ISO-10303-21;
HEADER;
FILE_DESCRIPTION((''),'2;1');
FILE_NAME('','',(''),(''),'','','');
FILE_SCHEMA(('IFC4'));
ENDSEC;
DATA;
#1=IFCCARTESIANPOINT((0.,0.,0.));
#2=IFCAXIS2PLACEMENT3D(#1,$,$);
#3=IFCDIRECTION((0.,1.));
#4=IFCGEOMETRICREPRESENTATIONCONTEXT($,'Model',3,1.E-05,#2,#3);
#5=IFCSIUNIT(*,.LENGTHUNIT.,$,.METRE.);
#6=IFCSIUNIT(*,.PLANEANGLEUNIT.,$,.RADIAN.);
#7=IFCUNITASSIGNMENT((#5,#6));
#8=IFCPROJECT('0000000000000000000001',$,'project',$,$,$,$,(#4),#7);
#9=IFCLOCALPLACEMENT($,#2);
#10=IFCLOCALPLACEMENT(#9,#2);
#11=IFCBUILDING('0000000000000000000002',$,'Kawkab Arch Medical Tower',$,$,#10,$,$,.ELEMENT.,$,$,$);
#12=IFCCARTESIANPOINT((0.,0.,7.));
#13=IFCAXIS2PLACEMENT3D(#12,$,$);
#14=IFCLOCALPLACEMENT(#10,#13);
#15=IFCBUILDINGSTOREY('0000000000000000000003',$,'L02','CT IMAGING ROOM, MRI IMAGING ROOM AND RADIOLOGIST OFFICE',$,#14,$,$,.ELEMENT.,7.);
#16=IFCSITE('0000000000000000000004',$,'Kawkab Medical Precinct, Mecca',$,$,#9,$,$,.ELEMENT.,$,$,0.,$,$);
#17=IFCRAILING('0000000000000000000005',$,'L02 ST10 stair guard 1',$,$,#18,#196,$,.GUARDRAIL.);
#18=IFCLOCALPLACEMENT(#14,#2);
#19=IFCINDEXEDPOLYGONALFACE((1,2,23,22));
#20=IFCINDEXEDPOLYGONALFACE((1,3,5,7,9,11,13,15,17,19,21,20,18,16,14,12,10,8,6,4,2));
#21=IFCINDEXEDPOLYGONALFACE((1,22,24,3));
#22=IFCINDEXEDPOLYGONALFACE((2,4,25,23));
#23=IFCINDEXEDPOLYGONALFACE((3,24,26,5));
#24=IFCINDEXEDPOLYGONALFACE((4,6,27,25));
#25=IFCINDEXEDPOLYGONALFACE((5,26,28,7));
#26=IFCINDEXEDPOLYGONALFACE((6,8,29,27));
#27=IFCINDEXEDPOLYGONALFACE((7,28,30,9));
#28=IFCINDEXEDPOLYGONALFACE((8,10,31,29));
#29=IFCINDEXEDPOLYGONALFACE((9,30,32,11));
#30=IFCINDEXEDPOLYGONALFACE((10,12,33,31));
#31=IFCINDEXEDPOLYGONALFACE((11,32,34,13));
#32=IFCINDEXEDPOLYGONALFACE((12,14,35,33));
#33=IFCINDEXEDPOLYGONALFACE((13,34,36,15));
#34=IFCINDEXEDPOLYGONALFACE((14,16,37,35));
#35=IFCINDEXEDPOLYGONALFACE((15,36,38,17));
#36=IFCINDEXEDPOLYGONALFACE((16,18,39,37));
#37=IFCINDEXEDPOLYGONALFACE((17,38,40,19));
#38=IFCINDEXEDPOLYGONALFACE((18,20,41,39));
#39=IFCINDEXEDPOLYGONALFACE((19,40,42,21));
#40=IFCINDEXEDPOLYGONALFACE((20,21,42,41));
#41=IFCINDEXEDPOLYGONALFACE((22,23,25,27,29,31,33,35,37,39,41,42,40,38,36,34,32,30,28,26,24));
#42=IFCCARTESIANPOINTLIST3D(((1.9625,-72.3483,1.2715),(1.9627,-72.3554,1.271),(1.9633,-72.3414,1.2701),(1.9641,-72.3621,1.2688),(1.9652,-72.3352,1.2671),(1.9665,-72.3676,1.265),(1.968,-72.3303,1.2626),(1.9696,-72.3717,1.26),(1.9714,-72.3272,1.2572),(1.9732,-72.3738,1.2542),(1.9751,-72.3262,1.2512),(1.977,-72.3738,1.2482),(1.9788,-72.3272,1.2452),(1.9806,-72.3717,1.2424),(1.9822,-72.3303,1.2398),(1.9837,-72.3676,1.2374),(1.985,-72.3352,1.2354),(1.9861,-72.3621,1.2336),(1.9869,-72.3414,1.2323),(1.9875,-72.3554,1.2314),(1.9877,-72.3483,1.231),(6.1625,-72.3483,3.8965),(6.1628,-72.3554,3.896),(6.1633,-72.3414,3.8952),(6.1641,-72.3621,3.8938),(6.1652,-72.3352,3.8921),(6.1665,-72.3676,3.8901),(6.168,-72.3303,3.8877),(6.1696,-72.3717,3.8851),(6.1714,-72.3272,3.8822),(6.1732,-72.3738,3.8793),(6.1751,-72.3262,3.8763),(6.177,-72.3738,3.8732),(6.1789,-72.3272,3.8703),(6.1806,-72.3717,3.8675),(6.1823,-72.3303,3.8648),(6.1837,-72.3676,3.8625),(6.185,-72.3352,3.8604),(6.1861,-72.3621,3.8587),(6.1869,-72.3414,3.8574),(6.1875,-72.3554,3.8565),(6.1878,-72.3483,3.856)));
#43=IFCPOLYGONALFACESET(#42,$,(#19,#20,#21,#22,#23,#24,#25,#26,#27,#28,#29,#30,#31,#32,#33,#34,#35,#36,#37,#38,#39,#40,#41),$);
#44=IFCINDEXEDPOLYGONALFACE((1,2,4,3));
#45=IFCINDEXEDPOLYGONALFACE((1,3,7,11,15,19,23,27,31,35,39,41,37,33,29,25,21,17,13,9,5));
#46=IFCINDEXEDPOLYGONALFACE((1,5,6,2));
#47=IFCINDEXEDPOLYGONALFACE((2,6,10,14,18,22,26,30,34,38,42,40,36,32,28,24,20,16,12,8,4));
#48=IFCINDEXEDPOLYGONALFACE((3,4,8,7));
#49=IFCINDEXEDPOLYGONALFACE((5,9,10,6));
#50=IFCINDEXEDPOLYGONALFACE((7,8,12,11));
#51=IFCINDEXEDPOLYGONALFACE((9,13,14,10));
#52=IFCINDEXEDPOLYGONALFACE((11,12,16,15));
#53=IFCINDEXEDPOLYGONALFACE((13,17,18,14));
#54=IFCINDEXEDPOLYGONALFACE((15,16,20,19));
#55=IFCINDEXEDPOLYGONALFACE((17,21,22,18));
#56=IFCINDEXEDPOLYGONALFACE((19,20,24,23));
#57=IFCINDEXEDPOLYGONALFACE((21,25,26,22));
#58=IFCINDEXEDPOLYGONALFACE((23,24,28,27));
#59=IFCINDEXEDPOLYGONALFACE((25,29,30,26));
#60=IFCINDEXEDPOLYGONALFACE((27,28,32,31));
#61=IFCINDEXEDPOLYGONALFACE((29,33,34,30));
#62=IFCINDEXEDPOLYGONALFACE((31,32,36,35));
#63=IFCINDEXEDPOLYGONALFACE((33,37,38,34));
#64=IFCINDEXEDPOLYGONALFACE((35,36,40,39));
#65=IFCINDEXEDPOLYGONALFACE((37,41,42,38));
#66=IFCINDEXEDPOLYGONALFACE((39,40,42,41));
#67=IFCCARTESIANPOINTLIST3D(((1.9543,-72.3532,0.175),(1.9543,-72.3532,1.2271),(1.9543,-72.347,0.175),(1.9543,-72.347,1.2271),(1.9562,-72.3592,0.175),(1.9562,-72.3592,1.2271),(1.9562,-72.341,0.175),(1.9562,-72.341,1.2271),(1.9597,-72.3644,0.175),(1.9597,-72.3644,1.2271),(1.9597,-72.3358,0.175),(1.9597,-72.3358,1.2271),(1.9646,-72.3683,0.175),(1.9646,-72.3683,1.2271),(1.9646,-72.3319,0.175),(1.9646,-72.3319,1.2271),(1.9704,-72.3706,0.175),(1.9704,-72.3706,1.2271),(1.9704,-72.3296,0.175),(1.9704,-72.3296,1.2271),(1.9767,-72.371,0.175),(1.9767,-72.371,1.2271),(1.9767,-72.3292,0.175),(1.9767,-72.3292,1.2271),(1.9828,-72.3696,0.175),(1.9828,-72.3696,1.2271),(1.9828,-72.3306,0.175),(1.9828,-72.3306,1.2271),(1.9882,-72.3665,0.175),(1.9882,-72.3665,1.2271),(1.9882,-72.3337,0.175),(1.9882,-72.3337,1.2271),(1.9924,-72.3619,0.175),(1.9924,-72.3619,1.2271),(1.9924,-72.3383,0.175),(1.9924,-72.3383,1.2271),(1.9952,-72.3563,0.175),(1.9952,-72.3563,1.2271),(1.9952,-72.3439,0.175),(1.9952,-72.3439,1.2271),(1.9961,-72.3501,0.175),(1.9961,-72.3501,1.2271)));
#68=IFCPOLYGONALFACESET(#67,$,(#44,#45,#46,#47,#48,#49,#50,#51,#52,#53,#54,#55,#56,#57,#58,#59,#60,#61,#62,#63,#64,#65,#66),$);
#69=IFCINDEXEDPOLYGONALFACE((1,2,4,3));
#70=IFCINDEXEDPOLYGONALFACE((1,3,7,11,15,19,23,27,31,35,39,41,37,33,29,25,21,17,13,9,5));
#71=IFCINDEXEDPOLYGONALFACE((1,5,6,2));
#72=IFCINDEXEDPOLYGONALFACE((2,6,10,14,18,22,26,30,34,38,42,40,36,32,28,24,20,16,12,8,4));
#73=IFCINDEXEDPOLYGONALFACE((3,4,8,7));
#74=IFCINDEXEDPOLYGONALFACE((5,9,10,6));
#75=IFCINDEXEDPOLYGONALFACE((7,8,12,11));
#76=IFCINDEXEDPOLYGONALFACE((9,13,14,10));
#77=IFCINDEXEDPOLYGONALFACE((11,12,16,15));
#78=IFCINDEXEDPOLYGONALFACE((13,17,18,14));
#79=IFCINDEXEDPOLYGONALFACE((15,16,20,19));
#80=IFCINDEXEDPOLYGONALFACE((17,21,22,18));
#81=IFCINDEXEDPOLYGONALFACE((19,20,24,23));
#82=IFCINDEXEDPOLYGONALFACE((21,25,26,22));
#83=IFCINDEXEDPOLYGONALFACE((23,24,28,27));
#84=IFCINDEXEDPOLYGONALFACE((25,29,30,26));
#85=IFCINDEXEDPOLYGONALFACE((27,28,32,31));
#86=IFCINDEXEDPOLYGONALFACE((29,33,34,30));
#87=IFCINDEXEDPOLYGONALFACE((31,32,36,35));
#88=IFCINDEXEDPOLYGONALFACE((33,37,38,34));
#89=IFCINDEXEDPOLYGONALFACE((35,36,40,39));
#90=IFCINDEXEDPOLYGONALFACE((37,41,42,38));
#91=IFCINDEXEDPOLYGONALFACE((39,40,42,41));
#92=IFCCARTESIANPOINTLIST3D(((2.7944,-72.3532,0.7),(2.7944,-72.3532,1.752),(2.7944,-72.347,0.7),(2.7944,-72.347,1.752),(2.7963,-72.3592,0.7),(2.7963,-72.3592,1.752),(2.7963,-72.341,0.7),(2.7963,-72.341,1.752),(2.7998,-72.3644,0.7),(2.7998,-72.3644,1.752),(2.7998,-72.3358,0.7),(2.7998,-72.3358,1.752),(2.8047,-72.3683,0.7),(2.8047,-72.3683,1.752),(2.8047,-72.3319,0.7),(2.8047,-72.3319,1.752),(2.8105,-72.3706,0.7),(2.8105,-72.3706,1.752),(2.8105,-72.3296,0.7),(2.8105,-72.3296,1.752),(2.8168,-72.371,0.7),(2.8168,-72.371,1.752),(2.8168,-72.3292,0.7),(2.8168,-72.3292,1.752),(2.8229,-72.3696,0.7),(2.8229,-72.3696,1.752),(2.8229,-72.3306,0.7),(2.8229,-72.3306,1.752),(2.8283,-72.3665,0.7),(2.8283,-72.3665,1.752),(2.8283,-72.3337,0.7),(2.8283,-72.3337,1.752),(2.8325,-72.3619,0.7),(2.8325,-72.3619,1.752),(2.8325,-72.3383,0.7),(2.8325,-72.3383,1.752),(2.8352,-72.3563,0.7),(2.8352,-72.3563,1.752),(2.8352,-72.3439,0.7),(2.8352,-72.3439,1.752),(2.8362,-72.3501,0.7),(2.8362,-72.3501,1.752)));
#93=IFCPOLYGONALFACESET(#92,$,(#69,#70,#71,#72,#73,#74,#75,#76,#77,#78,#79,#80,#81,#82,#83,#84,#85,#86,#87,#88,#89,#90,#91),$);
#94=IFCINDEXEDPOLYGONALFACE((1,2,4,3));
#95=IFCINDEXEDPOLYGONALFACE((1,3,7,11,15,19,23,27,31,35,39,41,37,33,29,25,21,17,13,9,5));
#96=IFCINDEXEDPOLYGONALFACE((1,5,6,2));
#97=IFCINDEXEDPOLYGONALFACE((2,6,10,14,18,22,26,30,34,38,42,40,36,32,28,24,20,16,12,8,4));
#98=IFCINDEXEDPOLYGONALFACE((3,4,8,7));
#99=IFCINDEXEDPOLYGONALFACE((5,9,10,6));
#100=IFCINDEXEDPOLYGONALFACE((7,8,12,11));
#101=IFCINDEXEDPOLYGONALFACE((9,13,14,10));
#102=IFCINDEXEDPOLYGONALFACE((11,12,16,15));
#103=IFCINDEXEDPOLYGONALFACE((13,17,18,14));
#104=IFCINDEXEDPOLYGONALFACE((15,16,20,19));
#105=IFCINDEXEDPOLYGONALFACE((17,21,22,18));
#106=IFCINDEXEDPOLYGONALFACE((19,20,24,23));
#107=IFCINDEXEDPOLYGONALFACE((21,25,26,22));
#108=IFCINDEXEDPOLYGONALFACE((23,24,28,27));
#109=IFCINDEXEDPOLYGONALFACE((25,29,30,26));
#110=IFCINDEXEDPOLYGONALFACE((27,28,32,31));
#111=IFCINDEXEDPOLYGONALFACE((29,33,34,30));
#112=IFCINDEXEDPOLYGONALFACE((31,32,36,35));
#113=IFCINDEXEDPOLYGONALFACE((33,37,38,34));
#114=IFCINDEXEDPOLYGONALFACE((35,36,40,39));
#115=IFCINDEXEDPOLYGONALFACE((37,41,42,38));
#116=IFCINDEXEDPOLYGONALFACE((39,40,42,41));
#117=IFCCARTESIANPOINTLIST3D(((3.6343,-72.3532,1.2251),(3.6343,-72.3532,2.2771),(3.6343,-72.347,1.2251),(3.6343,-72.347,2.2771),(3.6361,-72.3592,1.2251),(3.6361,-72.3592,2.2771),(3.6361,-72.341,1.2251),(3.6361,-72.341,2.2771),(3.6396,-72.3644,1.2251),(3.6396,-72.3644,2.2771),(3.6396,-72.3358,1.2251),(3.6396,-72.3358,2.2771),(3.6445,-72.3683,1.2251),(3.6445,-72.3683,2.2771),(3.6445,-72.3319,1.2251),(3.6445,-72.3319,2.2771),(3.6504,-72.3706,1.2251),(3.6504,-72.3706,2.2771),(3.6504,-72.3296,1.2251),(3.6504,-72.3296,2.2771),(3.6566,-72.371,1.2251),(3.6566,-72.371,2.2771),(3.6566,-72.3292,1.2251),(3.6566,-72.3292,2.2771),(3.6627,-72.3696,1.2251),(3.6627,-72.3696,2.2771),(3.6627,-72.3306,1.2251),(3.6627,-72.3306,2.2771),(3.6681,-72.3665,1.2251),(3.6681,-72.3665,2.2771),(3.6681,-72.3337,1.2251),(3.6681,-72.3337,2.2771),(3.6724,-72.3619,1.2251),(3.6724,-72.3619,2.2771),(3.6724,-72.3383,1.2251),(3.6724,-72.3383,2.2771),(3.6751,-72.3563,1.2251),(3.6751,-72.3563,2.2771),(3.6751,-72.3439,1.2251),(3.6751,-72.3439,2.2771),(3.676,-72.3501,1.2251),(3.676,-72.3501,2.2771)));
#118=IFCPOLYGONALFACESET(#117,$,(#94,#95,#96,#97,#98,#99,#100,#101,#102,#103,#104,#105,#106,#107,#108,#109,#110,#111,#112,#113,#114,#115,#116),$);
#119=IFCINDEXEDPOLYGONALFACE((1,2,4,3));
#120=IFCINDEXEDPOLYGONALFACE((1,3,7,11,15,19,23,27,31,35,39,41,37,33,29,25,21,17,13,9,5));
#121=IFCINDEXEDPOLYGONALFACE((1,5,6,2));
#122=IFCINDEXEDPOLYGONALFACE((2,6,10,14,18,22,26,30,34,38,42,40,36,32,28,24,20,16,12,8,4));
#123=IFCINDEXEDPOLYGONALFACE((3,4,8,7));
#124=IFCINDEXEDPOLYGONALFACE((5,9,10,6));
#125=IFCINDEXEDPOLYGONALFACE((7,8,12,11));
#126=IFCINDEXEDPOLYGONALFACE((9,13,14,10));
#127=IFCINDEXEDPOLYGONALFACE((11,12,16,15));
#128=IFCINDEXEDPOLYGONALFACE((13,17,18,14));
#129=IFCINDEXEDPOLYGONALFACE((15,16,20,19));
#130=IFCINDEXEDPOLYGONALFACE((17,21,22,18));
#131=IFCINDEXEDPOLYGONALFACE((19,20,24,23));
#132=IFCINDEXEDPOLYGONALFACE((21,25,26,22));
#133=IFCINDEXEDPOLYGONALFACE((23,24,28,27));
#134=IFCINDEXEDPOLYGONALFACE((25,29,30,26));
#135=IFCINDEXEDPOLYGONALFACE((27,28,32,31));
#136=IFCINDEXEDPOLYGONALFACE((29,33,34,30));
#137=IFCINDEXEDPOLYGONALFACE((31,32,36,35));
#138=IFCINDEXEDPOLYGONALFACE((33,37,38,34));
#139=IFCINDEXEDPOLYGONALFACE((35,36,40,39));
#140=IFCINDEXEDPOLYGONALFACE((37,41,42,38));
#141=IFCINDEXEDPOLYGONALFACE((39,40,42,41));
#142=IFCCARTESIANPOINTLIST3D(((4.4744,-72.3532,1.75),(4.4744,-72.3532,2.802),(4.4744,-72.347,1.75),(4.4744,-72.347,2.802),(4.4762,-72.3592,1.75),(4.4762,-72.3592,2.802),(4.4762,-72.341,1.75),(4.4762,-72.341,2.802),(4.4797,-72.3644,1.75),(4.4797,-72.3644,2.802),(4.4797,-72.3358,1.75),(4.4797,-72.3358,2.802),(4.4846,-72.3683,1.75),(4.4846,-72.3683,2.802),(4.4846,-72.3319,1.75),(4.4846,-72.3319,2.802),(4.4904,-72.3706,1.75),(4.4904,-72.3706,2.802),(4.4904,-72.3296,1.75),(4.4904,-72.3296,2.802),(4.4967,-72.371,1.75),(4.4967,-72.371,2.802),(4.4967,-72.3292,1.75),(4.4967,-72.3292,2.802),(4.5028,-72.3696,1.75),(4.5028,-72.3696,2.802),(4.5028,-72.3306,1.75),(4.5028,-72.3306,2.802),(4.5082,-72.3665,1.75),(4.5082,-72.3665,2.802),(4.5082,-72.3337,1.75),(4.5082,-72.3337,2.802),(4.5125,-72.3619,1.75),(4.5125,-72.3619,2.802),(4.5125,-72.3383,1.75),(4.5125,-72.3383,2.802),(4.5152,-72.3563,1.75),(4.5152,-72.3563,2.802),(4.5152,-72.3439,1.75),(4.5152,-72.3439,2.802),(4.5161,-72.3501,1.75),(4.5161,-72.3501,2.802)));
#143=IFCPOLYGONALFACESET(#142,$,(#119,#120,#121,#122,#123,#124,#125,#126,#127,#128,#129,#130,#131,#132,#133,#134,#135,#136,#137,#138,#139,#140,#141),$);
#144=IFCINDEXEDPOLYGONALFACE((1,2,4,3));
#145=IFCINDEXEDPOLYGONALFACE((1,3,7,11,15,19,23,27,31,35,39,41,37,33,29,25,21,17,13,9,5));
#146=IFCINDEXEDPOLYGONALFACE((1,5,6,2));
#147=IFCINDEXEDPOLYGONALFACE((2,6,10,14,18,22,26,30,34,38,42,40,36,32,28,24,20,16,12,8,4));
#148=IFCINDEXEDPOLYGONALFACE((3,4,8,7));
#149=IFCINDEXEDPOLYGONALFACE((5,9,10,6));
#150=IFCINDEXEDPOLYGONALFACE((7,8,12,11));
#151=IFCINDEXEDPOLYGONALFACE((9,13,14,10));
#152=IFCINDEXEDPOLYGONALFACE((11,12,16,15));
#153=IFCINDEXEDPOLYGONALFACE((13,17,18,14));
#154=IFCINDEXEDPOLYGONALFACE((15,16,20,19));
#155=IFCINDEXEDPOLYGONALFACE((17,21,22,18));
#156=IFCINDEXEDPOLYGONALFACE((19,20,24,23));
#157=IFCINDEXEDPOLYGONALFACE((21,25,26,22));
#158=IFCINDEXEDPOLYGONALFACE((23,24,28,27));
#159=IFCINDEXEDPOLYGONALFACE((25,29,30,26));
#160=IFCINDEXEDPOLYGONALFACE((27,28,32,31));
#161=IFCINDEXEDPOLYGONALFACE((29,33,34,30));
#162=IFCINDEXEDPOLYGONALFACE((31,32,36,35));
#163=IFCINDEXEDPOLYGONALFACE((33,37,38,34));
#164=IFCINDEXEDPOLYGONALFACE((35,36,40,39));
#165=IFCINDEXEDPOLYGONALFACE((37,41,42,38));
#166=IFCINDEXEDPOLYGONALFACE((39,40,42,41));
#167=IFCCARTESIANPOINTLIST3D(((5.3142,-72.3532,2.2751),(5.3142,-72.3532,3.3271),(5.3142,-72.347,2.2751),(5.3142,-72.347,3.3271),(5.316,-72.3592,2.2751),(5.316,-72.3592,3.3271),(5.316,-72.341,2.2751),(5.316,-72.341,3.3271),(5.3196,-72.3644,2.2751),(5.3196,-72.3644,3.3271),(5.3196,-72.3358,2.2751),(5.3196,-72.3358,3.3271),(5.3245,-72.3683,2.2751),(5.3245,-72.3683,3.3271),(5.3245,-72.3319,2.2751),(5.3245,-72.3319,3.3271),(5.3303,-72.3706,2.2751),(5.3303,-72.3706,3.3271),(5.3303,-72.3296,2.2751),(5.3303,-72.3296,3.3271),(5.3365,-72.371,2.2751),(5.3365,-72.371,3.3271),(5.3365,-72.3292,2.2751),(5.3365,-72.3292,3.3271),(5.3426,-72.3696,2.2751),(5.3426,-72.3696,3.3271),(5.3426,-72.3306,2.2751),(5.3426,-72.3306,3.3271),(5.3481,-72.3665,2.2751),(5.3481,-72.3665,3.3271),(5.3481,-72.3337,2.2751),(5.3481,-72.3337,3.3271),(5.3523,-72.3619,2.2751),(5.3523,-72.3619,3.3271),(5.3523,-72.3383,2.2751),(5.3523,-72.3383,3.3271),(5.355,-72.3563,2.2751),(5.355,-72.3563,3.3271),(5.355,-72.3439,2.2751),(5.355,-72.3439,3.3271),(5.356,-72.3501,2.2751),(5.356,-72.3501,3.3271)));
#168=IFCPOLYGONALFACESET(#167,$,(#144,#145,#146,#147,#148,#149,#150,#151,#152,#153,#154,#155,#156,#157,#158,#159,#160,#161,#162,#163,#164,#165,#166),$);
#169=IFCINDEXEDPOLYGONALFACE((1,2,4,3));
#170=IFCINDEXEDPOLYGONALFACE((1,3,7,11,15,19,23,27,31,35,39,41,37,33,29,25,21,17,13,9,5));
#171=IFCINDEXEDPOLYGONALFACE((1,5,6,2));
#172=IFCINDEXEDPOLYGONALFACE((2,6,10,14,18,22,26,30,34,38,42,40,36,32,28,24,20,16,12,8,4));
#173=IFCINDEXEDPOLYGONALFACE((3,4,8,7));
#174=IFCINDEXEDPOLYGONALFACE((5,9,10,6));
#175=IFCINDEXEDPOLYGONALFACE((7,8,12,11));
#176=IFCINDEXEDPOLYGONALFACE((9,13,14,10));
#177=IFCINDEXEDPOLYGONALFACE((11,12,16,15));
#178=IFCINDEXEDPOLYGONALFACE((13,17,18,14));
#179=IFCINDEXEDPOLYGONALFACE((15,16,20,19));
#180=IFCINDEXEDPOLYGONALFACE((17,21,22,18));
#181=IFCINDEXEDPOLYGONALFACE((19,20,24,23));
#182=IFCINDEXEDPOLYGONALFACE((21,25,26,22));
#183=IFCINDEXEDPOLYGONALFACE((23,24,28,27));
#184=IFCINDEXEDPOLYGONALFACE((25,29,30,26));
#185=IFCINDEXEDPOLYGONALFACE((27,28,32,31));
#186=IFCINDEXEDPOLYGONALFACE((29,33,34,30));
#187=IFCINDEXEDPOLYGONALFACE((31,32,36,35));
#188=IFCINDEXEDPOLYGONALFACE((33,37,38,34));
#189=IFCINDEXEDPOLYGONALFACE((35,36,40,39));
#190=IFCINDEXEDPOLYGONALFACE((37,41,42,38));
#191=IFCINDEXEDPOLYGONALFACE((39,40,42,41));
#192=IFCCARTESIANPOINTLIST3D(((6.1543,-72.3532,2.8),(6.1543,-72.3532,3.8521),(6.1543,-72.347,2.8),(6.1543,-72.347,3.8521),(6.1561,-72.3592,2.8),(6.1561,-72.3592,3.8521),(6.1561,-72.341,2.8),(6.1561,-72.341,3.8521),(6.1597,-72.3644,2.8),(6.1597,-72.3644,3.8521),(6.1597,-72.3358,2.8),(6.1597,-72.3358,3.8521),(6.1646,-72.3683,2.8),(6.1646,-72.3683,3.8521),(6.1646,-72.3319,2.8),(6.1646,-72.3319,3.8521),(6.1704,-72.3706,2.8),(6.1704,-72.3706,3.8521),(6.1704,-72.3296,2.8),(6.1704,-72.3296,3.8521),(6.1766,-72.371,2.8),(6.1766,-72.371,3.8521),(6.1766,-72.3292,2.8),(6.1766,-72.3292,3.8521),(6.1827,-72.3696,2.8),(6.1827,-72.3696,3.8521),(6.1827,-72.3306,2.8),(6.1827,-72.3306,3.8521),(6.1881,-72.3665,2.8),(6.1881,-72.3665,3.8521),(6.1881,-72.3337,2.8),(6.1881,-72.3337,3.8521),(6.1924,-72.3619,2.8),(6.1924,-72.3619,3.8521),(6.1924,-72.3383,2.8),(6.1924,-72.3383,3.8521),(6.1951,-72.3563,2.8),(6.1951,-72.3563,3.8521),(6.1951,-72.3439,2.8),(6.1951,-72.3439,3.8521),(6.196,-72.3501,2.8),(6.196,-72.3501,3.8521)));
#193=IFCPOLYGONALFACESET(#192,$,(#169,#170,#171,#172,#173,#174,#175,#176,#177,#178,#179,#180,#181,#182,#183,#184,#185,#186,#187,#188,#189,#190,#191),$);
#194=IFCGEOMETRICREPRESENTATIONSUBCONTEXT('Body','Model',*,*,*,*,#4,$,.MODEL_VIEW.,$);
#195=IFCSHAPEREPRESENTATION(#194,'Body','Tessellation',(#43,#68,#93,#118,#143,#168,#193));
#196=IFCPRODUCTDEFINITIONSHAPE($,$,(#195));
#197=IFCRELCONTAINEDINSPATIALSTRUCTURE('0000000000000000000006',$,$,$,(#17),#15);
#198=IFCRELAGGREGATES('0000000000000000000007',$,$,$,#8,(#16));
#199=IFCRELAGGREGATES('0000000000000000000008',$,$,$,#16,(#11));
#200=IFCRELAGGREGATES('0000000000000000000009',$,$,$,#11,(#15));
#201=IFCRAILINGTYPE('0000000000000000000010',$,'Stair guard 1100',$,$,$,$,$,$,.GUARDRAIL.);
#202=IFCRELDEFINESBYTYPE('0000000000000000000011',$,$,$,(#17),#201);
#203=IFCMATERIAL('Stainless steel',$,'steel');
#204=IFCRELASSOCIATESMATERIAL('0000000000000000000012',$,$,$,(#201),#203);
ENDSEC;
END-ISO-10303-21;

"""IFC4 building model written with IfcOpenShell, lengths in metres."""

from ifc_helpers import new_model, si_unit, direction, frame, origin, origin_2d, place, context, subcontext, project, spatial, circle, extrude, material, type_object, element, save


model = new_model("IFC4")

# Units and contexts
model_context = context("Model", 3, precision=1e-05, world=origin(), true_north=direction((0.0, 1.0)))
body_context = subcontext(model_context, "Body", "Model", "MODEL_VIEW")
ifc_project = project(units=[si_unit("LENGTHUNIT", "METRE"), si_unit("PLANEANGLEUNIT", "RADIAN")], contexts=[model_context])

# Site, building, storey
site_placement = place(None, origin())
site = spatial("IfcSite", under=ifc_project, at=site_placement, Name="Kawkab Medical Precinct, Mecca", CompositionType="ELEMENT", RefElevation=0.0)
building_placement = place(site_placement, origin())
building = spatial("IfcBuilding", under=site, at=building_placement, Name="Kawkab Arch Medical Tower", CompositionType="ELEMENT")
storey_placement = place(building_placement, frame((0.0, 0.0, 7.0)))
storey = spatial("IfcBuildingStorey", under=building, at=storey_placement, Name="L02", Description="CT IMAGING ROOM, MRI IMAGING ROOM AND RADIOLOGIST OFFICE", CompositionType="ELEMENT", Elevation=7.0)

# Railing
ifc_material_1 = material(Name="Stainless steel", Category="steel")
railing_type = type_object("IfcRailingType", Name="Stair guard 1100", PredefinedType="GUARDRAIL", material=ifc_material_1)
railing_1_placement = place(storey_placement, frame((1.9751, -72.3501, 0.175)))
element("IfcRailing", 1, at=railing_1_placement, inside=storey, type_object=railing_type, Name="L02 ST10 stair guard 1", PredefinedType="GUARDRAIL", context=body_context, shape_type="SweptSolid", body=[
    extrude(circle(Radius=0.0239, at=origin_2d()), frame((0.0, 0.0, 1.0762), z_axis=(0.847996, 0.0, 0.530003), x_axis=(0.0, 1.0, 0.0)), (0.0, 0.0, 1.0), 4.9529),
    extrude(circle(Radius=0.021, at=origin_2d()), origin(), (0.0, 0.0, 1.0), 1.052),
    extrude(circle(Radius=0.021, at=origin_2d()), frame((0.8401, 0.0, 0.5249)), (0.0, 0.0, 1.0), 1.052),
    extrude(circle(Radius=0.021, at=origin_2d()), frame((1.6799, 0.0, 1.05)), (0.0, 0.0, 1.0), 1.052),
    extrude(circle(Radius=0.021, at=origin_2d()), frame((2.52, 0.0, 1.575)), (0.0, 0.0, 1.0), 1.052),
    extrude(circle(Radius=0.021, at=origin_2d()), frame((3.3599, 0.0, 2.1001)), (0.0, 0.0, 1.0), 1.052),
    extrude(circle(Radius=0.021, at=origin_2d()), frame((4.2, 0.0, 2.625)), (0.0, 0.0, 1.0), 1.052),
])

save(model, "model.ifc")
